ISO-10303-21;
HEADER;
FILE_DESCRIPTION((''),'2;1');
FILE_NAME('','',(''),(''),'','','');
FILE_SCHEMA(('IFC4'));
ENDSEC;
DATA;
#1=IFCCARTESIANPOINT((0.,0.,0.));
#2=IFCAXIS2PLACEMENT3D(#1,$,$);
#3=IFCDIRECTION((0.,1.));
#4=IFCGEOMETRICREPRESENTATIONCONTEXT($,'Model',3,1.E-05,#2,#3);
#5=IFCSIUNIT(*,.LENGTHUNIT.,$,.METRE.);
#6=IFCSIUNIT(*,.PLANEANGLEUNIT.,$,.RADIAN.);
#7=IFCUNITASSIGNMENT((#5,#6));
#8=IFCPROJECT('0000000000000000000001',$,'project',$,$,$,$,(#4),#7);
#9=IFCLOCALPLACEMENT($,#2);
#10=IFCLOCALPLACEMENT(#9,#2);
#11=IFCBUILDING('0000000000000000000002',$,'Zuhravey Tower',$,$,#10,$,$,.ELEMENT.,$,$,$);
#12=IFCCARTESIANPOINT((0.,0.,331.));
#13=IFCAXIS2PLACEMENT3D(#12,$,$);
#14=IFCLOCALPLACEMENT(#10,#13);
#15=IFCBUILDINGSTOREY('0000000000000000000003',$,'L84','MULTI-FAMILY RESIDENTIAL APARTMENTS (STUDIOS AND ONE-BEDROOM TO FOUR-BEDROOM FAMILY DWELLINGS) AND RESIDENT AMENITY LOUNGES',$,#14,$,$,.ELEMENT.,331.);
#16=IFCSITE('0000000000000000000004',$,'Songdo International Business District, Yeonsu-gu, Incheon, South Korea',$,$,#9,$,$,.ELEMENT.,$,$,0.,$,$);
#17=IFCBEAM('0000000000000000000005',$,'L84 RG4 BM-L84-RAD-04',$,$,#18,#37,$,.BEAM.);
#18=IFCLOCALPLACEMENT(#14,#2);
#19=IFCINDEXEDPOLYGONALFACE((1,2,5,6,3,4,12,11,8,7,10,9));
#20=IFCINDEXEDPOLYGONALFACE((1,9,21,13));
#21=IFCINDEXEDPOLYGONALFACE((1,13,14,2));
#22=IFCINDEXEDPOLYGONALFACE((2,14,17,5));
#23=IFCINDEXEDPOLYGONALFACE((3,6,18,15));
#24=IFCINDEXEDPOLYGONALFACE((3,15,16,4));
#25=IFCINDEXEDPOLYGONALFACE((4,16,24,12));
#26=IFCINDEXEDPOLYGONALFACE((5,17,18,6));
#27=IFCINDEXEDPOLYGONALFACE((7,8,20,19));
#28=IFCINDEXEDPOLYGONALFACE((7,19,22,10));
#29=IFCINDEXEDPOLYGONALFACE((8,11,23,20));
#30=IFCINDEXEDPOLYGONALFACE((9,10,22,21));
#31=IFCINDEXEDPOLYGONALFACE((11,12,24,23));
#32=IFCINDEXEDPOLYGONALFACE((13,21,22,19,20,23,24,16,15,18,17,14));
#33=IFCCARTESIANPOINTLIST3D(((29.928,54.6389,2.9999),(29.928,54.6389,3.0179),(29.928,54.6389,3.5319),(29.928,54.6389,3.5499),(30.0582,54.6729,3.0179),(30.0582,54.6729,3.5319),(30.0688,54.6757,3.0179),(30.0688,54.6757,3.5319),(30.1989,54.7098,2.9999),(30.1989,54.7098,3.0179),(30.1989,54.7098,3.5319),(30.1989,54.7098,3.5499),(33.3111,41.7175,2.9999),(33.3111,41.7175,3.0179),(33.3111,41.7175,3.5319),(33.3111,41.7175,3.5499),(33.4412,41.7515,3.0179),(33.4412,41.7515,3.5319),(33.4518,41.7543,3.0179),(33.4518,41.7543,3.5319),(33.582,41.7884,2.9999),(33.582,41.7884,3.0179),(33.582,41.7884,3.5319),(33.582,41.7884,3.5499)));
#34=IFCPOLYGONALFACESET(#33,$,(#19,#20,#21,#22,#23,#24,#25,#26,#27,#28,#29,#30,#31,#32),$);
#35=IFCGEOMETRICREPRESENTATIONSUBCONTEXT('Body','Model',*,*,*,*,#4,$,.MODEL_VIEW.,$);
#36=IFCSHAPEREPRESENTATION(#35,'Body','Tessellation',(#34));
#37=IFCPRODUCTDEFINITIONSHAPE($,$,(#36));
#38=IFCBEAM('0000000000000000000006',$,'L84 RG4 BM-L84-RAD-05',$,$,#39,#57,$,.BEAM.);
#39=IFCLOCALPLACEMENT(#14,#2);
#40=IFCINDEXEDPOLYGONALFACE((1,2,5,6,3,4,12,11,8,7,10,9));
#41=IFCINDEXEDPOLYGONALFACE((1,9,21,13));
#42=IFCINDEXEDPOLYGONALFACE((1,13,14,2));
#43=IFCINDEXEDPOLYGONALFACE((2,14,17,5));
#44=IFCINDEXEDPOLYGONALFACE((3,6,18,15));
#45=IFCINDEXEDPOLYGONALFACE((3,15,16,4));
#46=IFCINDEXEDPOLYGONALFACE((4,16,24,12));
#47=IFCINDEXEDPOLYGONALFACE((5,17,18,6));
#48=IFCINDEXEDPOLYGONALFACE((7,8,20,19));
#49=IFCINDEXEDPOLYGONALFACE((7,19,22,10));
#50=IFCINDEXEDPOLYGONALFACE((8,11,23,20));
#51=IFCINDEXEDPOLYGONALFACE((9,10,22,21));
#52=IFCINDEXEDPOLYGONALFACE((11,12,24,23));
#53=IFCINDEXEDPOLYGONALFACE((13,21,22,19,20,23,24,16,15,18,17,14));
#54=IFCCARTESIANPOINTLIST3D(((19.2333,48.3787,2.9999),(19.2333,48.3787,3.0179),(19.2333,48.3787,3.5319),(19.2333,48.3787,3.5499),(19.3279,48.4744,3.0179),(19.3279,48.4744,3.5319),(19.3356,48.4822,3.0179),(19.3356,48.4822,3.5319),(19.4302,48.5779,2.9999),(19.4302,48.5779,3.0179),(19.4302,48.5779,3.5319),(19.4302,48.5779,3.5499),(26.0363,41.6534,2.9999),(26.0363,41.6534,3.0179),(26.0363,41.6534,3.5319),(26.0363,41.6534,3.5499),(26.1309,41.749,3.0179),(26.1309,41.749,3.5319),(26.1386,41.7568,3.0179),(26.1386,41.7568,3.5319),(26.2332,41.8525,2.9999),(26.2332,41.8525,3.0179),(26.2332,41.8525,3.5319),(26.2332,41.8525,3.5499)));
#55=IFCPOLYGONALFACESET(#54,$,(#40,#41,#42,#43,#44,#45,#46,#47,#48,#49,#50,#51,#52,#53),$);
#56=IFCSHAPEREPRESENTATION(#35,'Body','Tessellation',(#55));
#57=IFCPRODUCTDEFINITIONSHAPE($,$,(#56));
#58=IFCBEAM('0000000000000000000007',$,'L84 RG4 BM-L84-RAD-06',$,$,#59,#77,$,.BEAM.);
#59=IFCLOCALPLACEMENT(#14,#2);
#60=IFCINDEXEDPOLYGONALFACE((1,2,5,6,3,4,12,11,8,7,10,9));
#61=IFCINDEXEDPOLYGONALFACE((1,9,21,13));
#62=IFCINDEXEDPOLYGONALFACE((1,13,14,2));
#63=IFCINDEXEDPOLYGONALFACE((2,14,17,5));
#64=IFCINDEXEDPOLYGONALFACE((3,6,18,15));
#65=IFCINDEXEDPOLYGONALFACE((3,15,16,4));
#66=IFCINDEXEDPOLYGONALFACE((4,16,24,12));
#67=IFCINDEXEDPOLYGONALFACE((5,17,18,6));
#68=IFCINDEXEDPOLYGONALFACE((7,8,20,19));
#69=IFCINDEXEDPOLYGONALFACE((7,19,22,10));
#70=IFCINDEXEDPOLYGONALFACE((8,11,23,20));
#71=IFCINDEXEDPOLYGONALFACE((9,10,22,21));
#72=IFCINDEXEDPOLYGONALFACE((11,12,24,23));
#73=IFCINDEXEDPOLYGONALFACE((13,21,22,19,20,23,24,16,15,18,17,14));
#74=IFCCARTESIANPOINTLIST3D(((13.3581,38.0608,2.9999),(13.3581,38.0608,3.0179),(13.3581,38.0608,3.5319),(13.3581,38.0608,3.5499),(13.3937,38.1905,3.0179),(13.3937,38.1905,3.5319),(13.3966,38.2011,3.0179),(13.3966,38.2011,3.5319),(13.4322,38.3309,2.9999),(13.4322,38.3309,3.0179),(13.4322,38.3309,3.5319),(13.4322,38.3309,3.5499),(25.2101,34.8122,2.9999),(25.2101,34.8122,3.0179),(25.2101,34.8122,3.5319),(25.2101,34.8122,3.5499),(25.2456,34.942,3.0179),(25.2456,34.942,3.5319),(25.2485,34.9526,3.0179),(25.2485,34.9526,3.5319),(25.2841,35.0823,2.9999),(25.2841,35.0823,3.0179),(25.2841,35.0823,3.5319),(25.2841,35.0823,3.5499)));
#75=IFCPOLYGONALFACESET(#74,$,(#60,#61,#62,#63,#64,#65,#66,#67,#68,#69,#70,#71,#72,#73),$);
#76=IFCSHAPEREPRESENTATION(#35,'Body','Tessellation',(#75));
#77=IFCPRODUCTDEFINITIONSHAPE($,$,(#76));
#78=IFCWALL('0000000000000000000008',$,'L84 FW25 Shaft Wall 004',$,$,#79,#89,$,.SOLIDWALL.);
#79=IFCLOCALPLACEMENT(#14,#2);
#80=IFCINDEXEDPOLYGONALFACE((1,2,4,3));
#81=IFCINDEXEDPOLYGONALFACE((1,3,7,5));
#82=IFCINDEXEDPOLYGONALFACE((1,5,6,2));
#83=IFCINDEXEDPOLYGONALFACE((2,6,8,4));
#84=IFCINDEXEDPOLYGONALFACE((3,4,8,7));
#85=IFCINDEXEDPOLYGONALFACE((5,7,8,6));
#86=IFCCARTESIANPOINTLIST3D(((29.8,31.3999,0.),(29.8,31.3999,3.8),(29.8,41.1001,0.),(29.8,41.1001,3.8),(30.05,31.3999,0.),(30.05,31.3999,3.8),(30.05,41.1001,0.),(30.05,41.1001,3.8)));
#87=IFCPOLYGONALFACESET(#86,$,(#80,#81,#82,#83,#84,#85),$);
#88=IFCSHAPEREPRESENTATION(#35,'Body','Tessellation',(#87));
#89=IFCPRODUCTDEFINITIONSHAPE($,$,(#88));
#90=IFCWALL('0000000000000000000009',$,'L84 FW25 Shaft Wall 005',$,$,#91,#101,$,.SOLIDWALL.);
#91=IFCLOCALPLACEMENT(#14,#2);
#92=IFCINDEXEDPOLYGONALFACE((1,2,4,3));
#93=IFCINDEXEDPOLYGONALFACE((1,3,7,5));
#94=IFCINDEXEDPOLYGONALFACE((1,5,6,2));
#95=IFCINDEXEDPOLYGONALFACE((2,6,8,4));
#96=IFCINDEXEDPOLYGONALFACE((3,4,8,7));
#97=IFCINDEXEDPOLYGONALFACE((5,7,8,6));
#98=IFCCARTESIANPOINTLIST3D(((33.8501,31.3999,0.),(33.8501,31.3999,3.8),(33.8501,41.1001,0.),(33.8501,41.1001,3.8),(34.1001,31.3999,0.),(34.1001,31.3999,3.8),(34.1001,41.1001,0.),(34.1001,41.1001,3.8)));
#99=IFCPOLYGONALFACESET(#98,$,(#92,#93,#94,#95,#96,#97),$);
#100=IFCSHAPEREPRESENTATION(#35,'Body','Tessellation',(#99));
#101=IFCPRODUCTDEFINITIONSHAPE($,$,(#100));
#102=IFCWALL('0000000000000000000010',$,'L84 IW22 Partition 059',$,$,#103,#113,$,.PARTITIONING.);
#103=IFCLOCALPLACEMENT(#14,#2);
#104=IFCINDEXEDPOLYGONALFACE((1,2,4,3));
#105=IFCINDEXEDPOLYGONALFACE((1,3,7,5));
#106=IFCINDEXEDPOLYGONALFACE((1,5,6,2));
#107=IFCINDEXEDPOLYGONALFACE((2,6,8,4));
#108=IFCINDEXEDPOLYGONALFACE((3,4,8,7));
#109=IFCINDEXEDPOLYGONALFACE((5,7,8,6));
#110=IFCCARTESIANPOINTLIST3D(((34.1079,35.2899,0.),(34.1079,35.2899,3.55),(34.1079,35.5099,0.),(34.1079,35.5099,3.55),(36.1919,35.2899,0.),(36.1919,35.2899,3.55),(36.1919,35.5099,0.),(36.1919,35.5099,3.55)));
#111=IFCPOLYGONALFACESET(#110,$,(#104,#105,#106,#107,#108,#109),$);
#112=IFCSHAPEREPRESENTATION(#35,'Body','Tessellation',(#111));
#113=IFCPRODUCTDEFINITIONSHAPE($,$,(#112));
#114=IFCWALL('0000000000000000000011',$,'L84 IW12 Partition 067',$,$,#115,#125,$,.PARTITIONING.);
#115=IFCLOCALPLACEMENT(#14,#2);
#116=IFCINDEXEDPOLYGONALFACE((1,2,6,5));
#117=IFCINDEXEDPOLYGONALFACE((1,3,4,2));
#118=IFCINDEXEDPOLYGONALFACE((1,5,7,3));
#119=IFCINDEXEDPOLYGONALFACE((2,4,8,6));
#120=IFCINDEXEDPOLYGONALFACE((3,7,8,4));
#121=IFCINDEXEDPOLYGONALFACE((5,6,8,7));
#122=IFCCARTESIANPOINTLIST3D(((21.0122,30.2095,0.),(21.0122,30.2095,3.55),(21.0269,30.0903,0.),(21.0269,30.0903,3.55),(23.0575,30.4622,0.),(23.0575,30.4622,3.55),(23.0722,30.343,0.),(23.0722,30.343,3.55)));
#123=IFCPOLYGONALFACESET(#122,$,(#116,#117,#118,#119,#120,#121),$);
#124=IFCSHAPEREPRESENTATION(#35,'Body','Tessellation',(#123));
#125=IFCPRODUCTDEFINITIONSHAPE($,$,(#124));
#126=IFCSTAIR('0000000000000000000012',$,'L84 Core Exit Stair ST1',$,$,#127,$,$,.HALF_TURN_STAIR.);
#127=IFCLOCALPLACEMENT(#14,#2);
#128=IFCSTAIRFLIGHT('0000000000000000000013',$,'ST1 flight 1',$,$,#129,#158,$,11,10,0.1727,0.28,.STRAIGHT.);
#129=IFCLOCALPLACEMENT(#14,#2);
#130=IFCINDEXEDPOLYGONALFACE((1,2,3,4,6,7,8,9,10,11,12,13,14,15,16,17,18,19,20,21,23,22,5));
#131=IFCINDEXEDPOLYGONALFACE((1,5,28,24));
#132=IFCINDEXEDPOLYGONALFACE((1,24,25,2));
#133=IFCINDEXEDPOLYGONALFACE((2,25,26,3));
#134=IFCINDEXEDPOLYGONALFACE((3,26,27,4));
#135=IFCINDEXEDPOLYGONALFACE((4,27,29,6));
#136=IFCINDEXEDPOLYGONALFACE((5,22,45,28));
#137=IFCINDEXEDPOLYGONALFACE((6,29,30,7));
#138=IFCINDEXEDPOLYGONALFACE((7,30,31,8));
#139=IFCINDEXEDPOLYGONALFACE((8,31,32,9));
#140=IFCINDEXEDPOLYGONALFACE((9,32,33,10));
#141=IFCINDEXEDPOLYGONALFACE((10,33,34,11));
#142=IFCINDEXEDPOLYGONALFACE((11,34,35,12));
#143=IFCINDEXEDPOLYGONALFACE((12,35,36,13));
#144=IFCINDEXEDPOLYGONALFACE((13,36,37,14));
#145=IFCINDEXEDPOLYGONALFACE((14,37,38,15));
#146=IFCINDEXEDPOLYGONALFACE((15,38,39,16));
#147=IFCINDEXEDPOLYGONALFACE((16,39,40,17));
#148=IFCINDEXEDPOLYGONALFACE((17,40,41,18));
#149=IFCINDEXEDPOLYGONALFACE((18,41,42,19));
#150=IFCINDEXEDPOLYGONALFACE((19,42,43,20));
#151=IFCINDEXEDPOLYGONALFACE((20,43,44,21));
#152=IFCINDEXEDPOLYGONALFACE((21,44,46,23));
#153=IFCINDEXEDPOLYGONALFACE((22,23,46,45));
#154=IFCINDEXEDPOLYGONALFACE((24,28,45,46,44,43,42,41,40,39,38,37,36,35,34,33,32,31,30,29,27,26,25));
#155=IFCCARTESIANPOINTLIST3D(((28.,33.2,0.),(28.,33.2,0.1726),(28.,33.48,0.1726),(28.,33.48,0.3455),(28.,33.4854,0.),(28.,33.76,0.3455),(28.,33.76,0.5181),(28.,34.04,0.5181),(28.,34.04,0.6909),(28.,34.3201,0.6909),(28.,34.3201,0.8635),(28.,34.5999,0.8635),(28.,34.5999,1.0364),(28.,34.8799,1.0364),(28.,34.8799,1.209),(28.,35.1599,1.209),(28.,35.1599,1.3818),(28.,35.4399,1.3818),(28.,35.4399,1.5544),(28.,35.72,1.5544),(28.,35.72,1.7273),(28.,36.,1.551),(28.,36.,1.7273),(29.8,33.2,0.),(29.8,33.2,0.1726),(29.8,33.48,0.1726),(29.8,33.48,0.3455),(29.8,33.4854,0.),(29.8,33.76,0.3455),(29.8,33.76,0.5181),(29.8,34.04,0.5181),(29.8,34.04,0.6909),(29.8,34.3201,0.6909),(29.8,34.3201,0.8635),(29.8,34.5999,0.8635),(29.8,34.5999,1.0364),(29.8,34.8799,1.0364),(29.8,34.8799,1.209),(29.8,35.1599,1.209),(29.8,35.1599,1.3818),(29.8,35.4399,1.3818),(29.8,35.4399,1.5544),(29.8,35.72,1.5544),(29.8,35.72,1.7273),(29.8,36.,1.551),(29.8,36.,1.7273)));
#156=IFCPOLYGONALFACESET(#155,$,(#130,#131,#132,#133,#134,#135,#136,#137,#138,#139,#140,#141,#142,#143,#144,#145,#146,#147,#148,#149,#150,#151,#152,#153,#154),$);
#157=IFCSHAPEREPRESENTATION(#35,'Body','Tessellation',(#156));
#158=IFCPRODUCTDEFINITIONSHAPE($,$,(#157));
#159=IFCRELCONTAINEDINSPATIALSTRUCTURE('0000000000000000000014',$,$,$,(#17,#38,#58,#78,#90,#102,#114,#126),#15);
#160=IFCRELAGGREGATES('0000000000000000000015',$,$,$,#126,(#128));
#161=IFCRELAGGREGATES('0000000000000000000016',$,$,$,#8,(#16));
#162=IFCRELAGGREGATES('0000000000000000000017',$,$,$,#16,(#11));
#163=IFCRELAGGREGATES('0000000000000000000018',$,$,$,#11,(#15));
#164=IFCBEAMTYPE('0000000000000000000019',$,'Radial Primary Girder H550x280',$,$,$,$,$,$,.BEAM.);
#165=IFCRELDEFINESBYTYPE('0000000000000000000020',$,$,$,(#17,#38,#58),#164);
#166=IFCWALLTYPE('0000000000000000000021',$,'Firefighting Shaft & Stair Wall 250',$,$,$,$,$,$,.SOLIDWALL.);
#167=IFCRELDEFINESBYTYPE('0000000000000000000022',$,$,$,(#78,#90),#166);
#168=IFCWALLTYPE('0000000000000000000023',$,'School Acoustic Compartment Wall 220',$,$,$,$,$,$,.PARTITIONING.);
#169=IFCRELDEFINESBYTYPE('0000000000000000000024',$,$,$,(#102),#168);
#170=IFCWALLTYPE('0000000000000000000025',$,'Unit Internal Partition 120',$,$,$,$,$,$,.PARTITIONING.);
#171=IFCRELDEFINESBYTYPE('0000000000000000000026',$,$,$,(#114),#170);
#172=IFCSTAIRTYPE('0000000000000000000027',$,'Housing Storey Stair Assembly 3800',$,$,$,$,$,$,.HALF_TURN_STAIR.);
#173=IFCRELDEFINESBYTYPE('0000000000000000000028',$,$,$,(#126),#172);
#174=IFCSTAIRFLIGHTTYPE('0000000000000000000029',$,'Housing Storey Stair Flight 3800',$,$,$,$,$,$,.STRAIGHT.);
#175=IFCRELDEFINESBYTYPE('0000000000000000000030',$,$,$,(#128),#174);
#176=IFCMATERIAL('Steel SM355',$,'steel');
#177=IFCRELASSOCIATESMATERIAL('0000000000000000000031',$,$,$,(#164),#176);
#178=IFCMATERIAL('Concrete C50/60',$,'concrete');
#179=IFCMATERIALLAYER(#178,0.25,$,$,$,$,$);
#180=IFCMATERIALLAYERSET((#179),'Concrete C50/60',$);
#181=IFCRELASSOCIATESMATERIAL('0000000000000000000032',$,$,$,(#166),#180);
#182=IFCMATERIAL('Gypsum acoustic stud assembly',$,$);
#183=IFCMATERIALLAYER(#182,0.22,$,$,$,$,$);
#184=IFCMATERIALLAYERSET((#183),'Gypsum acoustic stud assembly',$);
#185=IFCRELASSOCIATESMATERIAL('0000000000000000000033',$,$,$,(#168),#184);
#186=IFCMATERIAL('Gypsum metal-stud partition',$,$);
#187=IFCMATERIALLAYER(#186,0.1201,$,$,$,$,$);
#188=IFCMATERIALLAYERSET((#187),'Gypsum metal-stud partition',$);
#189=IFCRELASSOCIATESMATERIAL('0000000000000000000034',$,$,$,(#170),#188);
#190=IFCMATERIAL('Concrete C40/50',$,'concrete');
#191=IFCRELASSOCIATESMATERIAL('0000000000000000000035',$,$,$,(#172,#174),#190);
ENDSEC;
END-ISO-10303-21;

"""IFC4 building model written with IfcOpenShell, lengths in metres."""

from ifc_helpers import new_model, si_unit, direction, frame, frame_2d, origin, origin_2d, place, context, subcontext, project, spatial, polyline, rectangle, i_section, outline, extrude, material, layer, layer_set, material_profile, profile_set, type_object, element, aggregate, save


model = new_model("IFC4")

# Units and contexts
model_context = context("Model", 3, precision=1e-05, world=origin(), true_north=direction((0.0, 1.0)))
body_context = subcontext(model_context, "Body", "Model", "MODEL_VIEW")
ifc_project = project(units=[si_unit("LENGTHUNIT", "METRE"), si_unit("PLANEANGLEUNIT", "RADIAN")], contexts=[model_context])

# Site, building, storey
site_placement = place(None, origin())
site = spatial("IfcSite", under=ifc_project, at=site_placement, Name="Songdo International Business District, Yeonsu-gu, Incheon, South Korea", CompositionType="ELEMENT", RefElevation=0.0)
building_placement = place(site_placement, origin())
building = spatial("IfcBuilding", under=site, at=building_placement, Name="Zuhravey Tower", CompositionType="ELEMENT")
storey_placement = place(building_placement, frame((0.0, 0.0, 331.0)))
storey = spatial("IfcBuildingStorey", under=building, at=storey_placement, Name="L84", Description="MULTI-FAMILY RESIDENTIAL APARTMENTS (STUDIOS AND ONE-BEDROOM TO FOUR-BEDROOM FAMILY DWELLINGS) AND RESIDENT AMENITY LOUNGES", CompositionType="ELEMENT", Elevation=331.0)

# Beams
ifc_material_1 = material(Name="Steel SM355", Category="steel")
ifc_material_profile = material_profile(ifc_material_1, i_section(OverallWidth=0.28, OverallDepth=0.55, WebThickness=0.011, FlangeThickness=0.0181, at=origin_2d()), Name="H-550x280x11x18")
ifc_profile_set = profile_set([ifc_material_profile], Name="Steel SM355")
beam_type = type_object("IfcBeamType", Name="Radial Primary Girder H550x280", PredefinedType="BEAM", material=ifc_profile_set)
beam_1_placement = place(storey_placement, frame((33.4465, 41.7529, 3.2749), z_axis=(-0.253281, 0.967393, 0.0), x_axis=(-0.967393, -0.253281, 0.0)))
element("IfcBeam", 1, at=beam_1_placement, inside=storey, type_object=beam_type, Name="L84 RG4 BM-L84-RAD-04", PredefinedType="BEAM", context=body_context, shape_type="SweptSolid", body=[
    extrude(i_section(OverallWidth=0.28, OverallDepth=0.55, WebThickness=0.011, FlangeThickness=0.0181, at=origin_2d()), origin(), (0.0, 0.0, 1.0), 13.3569),
])
beam_2_placement = place(storey_placement, frame((26.1348, 41.7529, 3.2749), z_axis=(-0.711153, 0.703037, 0.0), x_axis=(-0.703037, -0.711153, 0.0)))
element("IfcBeam", 2, at=beam_2_placement, inside=storey, type_object=beam_type, Name="L84 RG4 BM-L84-RAD-05", PredefinedType="BEAM", context=body_context, shape_type="SweptSolid", body=[
    extrude(i_section(OverallWidth=0.28, OverallDepth=0.55, WebThickness=0.011, FlangeThickness=0.0181, at=origin_2d()), origin(), (0.0, 0.0, 1.0), 9.5662),
])
beam_3_placement = place(storey_placement, frame((25.2471, 34.9473, 3.2749), z_axis=(-0.964428, 0.264346, 0.0), x_axis=(-0.264346, -0.964428, 0.0)))
element("IfcBeam", 3, at=beam_3_placement, inside=storey, type_object=beam_type, Name="L84 RG4 BM-L84-RAD-06", PredefinedType="BEAM", context=body_context, shape_type="SweptSolid", body=[
    extrude(i_section(OverallWidth=0.28, OverallDepth=0.55, WebThickness=0.011, FlangeThickness=0.0181, at=origin_2d()), origin(), (0.0, 0.0, 1.0), 12.2891),
])

# Shared definitions
ifc_material_2 = material(Name="Concrete C50/60", Category="concrete")
ifc_layer_1 = layer(ifc_material_2, 0.25)
ifc_layer_set_1 = layer_set([ifc_layer_1], Name="Concrete C50/60")
wall_type_1 = type_object("IfcWallType", Name="Firefighting Shaft & Stair Wall 250", PredefinedType="SOLIDWALL", material=ifc_layer_set_1)

# Walls
for number, where, z_axis, x_axis, name in (
    (4, (29.925, 31.3999, 0.0), (0.0, 0.0, 1.0), (0.0, 1.0, 0.0), "L84 FW25 Shaft Wall 004"),
    (5, (33.9751, 31.3999, 0.0), (0.0, 0.0, 1.0), (0.0, 1.0, 0.0), "L84 FW25 Shaft Wall 005"),
):
    element("IfcWall", number, at=place(storey_placement, frame(where, z_axis=z_axis, x_axis=x_axis)), inside=storey, type_object=wall_type_1, Name=name, PredefinedType="SOLIDWALL", context=body_context, shape_type="SweptSolid", body=[
        extrude(rectangle(XDim=9.7002, YDim=0.25, at=frame_2d((4.8501, 0.0))), origin(), (0.0, 0.0, 1.0), 3.8),
    ])
ifc_material_3 = material(Name="Gypsum acoustic stud assembly")
ifc_layer_2 = layer(ifc_material_3, 0.22)
ifc_layer_set_2 = layer_set([ifc_layer_2], Name="Gypsum acoustic stud assembly")
wall_type_2 = type_object("IfcWallType", Name="School Acoustic Compartment Wall 220", PredefinedType="PARTITIONING", material=ifc_layer_set_2)
wall_1_placement = place(storey_placement, frame((34.1079, 35.3999, 0.0), z_axis=(0.0, 0.0, 1.0), x_axis=(1.0, 0.0, 0.0)))
element("IfcWall", 6, at=wall_1_placement, inside=storey, type_object=wall_type_2, Name="L84 IW22 Partition 059", PredefinedType="PARTITIONING", context=body_context, shape_type="SweptSolid", body=[
    extrude(rectangle(XDim=2.084, YDim=0.22, at=frame_2d((1.042, 0.0))), origin(), (0.0, 0.0, 1.0), 3.55),
])
ifc_material_4 = material(Name="Gypsum metal-stud partition")
ifc_layer_3 = layer(ifc_material_4, 0.1201)
ifc_layer_set_3 = layer_set([ifc_layer_3], Name="Gypsum metal-stud partition")
wall_type_3 = type_object("IfcWallType", Name="Unit Internal Partition 120", PredefinedType="PARTITIONING", material=ifc_layer_set_3)
wall_2_placement = place(storey_placement, frame((23.0647, 30.4026, 0.0), z_axis=(0.0, 0.0, 1.0), x_axis=(-0.992454, -0.12262, 0.0)))
element("IfcWall", 7, at=wall_2_placement, inside=storey, type_object=wall_type_3, Name="L84 IW12 Partition 067", PredefinedType="PARTITIONING", context=body_context, shape_type="SweptSolid", body=[
    extrude(rectangle(XDim=2.0608, YDim=0.1201, at=frame_2d((1.0303, 0.0))), origin(), (0.0, 0.0, 1.0), 3.55),
])

# Stair, stair flight
ifc_material_5 = material(Name="Concrete C40/50", Category="concrete")
stair_type = type_object("IfcStairType", Name="Housing Storey Stair Assembly 3800", PredefinedType="HALF_TURN_STAIR", material=ifc_material_5)
stair_1_placement = place(storey_placement, origin())
stair_1 = element("IfcStair", 8, at=stair_1_placement, inside=storey, type_object=stair_type, Name="L84 Core Exit Stair ST1", PredefinedType="HALF_TURN_STAIR")
stair_flight_type = type_object("IfcStairFlightType", Name="Housing Storey Stair Flight 3800", PredefinedType="STRAIGHT", material=ifc_material_5)
stair_flight_1_placement = place(storey_placement, frame((28.8999, 33.2, 0.0), z_axis=(0.0, 0.0, 1.0), x_axis=(0.0, 1.0, 0.0)))
stair_flight_1 = element("IfcStairFlight", 9, at=stair_flight_1_placement, type_object=stair_flight_type, Name="ST1 flight 1", NumberOfRisers=11, NumberOfTreads=10, PredefinedType="STRAIGHT", RiserHeight=0.1727, TreadLength=0.28, context=body_context, shape_type="SweptSolid", body=[
    extrude(outline(polyline([(0.0, 0.0), (0.0, 0.1726), (0.28, 0.1726), (0.28, 0.3455), (0.5601, 0.3455), (0.5601, 0.5181), (0.8401, 0.5181), (0.8401, 0.6909), (1.1201, 0.6909), (1.1201, 0.8635), (1.3999, 0.8635), (1.3999, 1.0364), (1.6799, 1.0364), (1.6799, 1.209), (1.96, 1.209), (1.96, 1.3818), (2.24, 1.3818), (2.24, 1.5544), (2.52, 1.5544), (2.52, 1.7273), (2.8, 1.7273), (2.8, 1.8999), (2.8, 1.551), (0.2854, 0.0), (0.0, 0.0)])), frame((0.0, 0.8999, 0.0), z_axis=(0.0, -1.0, 0.0), x_axis=(1.0, 0.0, 0.0)), (0.0, 0.0, 1.0), 1.8),
])
aggregate(stair_1, [stair_flight_1])

save(model, "model.ifc")
